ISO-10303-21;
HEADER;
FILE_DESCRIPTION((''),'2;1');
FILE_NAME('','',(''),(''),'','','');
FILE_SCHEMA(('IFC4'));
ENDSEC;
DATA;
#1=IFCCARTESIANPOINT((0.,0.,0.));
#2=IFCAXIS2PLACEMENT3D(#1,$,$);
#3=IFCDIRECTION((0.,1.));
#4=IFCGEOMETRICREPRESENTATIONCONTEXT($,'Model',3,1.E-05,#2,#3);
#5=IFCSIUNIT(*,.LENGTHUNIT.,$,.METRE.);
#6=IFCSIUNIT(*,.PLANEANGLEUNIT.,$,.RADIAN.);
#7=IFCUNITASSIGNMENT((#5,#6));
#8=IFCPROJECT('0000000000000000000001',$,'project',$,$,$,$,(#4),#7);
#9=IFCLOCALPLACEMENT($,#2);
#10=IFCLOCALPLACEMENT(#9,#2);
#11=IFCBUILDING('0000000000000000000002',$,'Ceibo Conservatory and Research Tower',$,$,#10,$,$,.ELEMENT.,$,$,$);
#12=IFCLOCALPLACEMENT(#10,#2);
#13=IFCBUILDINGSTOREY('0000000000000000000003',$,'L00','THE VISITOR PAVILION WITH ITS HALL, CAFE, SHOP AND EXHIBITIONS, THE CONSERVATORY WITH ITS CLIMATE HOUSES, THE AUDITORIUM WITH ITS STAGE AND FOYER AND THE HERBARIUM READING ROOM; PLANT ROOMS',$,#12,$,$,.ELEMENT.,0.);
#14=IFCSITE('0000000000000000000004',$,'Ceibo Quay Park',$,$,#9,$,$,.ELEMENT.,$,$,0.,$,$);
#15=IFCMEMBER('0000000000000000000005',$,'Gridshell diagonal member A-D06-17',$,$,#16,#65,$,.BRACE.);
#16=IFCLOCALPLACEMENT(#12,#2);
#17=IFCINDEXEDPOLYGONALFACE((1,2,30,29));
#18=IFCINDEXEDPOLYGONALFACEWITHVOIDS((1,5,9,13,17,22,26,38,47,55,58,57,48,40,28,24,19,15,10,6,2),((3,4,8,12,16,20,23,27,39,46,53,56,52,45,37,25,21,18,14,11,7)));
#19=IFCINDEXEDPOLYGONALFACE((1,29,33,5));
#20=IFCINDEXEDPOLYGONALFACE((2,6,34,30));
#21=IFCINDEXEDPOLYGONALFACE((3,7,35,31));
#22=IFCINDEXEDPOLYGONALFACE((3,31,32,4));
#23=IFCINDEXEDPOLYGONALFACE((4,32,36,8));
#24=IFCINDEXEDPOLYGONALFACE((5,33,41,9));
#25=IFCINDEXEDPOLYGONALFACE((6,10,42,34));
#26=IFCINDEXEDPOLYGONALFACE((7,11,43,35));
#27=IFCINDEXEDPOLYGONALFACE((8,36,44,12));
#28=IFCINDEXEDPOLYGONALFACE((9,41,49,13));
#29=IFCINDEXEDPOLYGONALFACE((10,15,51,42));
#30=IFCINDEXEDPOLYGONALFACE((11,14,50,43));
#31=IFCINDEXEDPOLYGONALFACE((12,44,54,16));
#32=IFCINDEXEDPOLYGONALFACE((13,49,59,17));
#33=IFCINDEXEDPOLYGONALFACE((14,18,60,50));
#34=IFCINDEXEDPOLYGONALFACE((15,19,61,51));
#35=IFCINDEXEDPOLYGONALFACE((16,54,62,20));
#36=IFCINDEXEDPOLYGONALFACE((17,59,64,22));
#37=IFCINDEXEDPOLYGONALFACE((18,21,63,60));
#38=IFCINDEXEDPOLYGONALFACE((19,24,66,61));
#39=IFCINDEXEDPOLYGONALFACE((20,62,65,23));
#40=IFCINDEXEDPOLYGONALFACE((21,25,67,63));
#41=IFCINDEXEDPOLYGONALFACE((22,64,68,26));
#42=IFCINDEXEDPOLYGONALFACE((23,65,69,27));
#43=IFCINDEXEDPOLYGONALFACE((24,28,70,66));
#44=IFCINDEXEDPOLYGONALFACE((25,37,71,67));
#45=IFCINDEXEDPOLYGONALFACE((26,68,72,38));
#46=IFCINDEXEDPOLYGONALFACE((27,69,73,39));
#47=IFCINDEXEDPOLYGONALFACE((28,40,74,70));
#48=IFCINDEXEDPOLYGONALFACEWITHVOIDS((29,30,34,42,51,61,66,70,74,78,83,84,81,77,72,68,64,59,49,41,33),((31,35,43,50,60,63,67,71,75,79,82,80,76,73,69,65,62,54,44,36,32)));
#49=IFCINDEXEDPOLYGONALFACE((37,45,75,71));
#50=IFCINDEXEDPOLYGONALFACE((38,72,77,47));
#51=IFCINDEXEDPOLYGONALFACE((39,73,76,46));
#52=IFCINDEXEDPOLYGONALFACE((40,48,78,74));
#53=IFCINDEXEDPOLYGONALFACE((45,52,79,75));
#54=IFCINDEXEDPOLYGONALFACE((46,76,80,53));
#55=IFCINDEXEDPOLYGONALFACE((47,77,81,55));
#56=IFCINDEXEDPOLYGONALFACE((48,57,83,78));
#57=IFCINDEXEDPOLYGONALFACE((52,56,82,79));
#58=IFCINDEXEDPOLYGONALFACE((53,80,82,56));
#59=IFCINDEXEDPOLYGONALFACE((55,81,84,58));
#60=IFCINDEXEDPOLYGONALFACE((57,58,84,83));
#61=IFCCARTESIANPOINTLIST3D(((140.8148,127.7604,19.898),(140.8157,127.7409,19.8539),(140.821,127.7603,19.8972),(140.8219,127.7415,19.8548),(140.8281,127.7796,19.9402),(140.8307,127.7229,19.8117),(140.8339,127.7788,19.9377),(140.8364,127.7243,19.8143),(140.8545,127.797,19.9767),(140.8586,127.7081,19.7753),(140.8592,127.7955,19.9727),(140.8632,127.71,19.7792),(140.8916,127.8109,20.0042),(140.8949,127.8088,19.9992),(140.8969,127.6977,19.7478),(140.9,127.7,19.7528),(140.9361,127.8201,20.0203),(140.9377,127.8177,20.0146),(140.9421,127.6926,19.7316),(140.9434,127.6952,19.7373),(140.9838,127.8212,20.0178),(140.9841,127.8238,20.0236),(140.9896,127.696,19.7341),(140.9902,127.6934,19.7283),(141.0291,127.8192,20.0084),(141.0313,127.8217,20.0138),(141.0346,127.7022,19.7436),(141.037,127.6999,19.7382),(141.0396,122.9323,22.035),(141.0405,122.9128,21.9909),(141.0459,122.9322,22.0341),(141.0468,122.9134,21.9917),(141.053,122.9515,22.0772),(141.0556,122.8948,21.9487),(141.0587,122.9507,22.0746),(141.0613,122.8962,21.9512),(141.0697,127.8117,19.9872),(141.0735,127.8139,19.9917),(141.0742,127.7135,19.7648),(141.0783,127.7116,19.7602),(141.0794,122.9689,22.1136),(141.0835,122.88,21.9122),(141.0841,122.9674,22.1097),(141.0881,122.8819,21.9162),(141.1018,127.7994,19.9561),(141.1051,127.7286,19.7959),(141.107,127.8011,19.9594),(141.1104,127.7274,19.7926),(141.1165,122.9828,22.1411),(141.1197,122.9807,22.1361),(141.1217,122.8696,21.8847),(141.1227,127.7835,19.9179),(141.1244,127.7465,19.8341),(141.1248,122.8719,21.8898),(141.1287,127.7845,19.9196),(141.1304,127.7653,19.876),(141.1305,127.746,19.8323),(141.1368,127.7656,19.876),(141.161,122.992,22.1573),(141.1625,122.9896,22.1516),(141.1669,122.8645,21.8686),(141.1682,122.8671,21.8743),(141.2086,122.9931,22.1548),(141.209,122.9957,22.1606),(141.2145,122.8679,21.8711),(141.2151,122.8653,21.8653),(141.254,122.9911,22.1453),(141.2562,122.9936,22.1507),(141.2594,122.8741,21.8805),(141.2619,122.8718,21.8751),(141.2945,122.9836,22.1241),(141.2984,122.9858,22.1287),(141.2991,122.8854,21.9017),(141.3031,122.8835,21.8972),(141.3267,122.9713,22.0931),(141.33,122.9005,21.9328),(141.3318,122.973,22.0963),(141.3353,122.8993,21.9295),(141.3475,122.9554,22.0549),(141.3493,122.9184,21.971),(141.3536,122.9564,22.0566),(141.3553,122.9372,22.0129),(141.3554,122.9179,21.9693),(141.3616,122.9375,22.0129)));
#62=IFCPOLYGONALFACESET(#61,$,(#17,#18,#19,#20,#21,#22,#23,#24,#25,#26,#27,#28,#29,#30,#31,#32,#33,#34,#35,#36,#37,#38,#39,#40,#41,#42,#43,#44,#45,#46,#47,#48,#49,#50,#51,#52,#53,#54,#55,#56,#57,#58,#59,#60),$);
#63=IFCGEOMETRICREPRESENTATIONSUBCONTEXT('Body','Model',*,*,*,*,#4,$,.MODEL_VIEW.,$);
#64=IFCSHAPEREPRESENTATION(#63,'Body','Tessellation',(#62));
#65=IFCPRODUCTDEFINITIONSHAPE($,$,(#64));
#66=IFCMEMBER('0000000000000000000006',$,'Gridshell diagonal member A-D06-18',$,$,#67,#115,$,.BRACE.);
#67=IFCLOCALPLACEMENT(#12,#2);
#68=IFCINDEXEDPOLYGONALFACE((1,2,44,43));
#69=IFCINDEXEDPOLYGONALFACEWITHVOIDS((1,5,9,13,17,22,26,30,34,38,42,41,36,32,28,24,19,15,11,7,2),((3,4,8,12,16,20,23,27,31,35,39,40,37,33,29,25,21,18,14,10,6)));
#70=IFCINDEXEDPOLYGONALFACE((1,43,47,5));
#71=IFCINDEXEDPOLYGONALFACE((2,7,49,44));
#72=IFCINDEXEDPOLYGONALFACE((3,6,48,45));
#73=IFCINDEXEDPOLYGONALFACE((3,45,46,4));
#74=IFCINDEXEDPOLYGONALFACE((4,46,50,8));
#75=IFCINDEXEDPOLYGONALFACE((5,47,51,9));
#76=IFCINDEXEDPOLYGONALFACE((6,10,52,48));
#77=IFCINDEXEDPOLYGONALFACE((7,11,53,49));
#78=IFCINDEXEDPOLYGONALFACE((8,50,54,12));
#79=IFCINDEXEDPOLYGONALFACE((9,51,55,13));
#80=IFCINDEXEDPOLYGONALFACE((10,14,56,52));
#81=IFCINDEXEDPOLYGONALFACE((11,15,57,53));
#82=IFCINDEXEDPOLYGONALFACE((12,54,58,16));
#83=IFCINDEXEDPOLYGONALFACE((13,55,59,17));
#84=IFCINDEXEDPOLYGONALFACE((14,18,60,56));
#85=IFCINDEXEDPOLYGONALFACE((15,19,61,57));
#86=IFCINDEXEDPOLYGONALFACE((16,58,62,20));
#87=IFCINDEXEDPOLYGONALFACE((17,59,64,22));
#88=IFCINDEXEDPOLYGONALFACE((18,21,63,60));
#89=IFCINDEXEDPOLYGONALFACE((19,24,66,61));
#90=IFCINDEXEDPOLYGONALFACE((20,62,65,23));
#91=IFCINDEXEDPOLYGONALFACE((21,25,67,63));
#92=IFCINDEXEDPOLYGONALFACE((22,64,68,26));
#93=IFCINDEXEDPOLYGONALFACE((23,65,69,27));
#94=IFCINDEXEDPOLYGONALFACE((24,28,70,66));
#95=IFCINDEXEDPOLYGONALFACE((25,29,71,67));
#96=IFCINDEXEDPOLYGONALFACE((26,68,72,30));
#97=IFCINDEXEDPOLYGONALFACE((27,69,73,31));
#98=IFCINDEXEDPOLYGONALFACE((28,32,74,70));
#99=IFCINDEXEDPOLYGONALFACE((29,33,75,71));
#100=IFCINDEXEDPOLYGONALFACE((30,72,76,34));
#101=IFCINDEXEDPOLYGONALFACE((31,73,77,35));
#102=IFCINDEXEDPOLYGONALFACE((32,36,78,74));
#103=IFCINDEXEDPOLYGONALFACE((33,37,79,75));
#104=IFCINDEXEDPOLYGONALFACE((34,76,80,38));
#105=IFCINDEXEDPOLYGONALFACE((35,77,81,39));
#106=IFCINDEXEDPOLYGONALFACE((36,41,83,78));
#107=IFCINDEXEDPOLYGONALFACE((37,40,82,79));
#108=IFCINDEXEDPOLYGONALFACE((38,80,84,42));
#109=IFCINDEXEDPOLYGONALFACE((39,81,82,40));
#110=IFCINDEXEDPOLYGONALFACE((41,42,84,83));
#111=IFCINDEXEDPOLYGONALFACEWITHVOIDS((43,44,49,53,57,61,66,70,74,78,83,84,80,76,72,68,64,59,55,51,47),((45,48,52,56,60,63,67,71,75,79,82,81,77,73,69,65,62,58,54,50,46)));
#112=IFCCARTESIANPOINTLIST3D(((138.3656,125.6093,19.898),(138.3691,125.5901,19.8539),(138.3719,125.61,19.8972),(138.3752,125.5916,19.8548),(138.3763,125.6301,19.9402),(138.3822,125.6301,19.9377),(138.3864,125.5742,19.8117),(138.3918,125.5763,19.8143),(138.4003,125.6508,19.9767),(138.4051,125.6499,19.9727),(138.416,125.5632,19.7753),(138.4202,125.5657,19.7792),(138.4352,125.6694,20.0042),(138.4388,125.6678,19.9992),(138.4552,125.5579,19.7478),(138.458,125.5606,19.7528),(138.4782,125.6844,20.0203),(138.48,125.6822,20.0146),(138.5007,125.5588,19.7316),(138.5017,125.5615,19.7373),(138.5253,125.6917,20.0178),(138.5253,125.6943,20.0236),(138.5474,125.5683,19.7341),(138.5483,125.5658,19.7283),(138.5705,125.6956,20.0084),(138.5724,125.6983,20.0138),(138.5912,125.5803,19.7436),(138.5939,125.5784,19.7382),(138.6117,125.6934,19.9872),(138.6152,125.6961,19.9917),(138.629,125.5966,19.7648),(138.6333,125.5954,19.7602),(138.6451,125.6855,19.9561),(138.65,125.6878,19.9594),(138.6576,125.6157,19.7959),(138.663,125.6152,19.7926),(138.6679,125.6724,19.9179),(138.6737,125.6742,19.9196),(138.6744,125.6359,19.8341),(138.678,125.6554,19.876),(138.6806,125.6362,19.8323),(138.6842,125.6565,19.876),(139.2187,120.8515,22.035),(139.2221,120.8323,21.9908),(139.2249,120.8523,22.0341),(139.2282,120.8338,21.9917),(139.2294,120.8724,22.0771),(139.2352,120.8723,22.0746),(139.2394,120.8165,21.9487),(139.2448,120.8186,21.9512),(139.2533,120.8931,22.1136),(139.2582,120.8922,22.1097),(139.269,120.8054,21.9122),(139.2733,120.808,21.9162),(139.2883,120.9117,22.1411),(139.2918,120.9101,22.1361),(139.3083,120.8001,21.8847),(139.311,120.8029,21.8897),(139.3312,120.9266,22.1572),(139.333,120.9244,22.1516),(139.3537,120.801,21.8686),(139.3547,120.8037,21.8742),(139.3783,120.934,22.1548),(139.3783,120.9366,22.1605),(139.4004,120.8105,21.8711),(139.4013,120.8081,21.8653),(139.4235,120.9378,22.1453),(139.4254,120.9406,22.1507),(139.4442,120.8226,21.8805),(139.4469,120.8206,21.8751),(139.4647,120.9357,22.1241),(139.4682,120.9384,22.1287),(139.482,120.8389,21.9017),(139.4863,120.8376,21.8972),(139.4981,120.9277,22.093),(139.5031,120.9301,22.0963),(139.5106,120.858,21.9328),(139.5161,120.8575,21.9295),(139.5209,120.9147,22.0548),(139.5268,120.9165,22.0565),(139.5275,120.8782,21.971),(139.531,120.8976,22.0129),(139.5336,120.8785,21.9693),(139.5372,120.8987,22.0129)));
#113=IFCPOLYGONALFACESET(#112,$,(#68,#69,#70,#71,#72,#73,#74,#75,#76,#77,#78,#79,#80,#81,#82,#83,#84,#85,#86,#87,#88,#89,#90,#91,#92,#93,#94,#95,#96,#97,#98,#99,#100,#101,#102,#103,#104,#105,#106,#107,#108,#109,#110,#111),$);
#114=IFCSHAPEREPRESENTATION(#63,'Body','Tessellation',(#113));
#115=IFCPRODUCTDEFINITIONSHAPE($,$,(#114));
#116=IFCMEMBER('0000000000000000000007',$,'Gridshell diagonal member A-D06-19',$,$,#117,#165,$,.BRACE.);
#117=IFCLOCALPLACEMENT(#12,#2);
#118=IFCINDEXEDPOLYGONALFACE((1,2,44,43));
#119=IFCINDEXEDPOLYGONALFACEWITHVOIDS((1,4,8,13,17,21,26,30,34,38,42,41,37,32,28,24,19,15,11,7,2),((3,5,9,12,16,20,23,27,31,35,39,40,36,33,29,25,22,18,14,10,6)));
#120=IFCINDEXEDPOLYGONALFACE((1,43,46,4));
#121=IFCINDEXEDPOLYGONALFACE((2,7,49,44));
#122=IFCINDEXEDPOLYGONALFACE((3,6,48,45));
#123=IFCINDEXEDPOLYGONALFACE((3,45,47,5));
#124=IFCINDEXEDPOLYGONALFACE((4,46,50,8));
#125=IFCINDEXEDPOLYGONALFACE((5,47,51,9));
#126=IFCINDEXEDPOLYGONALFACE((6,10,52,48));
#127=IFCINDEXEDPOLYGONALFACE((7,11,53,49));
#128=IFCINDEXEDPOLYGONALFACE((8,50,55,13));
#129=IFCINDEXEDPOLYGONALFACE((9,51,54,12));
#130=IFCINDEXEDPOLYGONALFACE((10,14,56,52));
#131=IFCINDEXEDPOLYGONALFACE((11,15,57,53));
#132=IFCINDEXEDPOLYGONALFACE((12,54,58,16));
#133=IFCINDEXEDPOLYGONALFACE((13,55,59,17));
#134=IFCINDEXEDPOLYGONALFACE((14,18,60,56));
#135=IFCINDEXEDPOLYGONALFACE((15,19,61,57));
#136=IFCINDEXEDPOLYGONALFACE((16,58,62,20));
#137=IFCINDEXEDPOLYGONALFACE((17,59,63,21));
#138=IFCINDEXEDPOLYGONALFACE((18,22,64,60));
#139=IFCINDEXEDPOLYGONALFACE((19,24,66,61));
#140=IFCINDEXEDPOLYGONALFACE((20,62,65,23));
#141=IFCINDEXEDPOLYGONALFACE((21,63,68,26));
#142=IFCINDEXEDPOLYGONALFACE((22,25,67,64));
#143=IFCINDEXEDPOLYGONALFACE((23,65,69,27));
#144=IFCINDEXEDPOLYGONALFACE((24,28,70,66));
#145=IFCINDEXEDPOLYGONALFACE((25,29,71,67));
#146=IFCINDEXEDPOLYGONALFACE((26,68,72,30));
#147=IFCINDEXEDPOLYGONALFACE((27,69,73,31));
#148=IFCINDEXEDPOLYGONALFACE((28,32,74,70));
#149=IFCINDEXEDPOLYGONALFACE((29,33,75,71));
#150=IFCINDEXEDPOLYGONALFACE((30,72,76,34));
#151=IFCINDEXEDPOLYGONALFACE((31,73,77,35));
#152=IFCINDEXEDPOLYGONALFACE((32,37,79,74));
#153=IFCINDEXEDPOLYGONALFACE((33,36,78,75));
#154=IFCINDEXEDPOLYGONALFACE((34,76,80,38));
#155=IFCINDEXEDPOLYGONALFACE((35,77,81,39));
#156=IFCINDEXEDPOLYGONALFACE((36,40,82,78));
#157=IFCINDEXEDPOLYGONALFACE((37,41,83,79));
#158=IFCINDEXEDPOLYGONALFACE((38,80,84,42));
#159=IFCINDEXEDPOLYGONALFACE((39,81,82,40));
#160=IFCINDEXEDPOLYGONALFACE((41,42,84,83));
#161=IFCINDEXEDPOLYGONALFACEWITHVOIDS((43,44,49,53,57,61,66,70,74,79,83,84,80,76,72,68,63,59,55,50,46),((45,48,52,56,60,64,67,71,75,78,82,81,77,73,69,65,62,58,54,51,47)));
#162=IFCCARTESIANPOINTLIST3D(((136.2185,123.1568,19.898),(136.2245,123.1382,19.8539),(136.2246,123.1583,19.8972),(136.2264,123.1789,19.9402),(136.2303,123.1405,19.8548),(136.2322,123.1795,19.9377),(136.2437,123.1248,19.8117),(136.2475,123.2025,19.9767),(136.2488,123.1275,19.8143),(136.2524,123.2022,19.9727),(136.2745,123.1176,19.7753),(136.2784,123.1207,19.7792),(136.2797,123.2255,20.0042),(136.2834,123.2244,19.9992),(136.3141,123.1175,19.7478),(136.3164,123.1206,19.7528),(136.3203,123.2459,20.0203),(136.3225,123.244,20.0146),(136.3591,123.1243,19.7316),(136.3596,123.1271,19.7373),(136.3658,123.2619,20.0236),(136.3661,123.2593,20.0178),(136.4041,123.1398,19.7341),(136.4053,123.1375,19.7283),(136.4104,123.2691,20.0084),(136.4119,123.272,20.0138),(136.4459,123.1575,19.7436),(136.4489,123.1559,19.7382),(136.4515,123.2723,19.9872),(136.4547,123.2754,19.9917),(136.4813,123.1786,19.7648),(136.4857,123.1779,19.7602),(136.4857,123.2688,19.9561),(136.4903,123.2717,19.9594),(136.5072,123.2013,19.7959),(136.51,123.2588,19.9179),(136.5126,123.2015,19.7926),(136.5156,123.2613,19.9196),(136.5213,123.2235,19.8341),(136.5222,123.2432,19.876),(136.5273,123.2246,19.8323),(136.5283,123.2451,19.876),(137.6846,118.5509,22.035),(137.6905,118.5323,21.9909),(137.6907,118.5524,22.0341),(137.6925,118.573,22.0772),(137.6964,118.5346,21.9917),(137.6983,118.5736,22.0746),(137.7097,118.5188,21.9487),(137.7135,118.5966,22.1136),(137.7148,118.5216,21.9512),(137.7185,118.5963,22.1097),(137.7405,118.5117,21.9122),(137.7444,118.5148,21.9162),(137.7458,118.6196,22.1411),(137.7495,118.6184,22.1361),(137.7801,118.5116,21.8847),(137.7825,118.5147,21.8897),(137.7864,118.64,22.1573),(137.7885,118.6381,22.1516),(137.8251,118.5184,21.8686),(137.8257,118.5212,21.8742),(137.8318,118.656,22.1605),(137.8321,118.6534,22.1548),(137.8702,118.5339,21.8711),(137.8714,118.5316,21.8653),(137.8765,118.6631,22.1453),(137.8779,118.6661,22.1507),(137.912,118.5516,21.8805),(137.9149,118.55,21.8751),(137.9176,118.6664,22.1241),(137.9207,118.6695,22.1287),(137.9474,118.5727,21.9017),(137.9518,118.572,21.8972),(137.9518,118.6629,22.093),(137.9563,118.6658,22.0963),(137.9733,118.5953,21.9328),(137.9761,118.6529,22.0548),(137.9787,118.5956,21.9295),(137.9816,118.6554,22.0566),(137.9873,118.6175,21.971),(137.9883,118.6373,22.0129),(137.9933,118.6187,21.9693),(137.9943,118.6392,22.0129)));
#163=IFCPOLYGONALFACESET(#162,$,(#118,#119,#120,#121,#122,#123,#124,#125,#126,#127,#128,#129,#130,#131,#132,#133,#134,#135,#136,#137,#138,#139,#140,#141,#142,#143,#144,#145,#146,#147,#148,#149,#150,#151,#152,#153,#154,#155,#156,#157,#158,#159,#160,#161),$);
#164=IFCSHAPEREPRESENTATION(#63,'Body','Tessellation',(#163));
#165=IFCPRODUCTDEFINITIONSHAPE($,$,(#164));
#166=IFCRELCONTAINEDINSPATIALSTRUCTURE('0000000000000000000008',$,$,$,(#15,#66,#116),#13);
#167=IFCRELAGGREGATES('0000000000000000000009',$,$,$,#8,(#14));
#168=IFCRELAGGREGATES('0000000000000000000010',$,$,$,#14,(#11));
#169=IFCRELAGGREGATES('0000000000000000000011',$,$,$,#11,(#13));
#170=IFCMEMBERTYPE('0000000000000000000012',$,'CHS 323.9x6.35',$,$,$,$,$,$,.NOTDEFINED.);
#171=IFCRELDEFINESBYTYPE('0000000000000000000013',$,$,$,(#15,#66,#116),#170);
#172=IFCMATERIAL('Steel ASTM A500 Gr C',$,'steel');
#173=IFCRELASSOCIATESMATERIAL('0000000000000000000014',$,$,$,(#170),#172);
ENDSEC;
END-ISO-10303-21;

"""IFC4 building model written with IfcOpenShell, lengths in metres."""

from ifc_helpers import new_model, si_unit, direction, frame, origin, origin_2d, place, context, subcontext, project, spatial, hollow_circle, extrude, material, material_profile, profile_set, type_object, element, save


model = new_model("IFC4")

# Units and contexts
model_context = context("Model", 3, precision=1e-05, world=origin(), true_north=direction((0.0, 1.0)))
body_context = subcontext(model_context, "Body", "Model", "MODEL_VIEW")
ifc_project = project(units=[si_unit("LENGTHUNIT", "METRE"), si_unit("PLANEANGLEUNIT", "RADIAN")], contexts=[model_context])

# Site, building, storey
site_placement = place(None, origin())
site = spatial("IfcSite", under=ifc_project, at=site_placement, Name="Ceibo Quay Park", CompositionType="ELEMENT", RefElevation=0.0)
building_placement = place(site_placement, origin())
building = spatial("IfcBuilding", under=site, at=building_placement, Name="Ceibo Conservatory and Research Tower", CompositionType="ELEMENT")
storey_placement = place(building_placement, origin())
storey = spatial("IfcBuildingStorey", under=building, at=storey_placement, Name="L00", Description="THE VISITOR PAVILION WITH ITS HALL, CAFE, SHOP AND EXHIBITIONS, THE CONSERVATORY WITH ITS CLIMATE HOUSES, THE AUDITORIUM WITH ITS STAGE AND FOYER AND THE HERBARIUM READING ROOM; PLANT ROOMS", CompositionType="ELEMENT", Elevation=0.0)

# Members
ifc_material_1 = material(Name="Steel ASTM A500 Gr C", Category="steel")
ifc_material_profile_1 = material_profile(ifc_material_1, hollow_circle(Radius=0.1619, WallThickness=0.0063, at=origin_2d()), Name="CHS 323.9x6.35")
ifc_profile_set_1 = profile_set([ifc_material_profile_1], Name="Steel ASTM A500 Gr C")
member_type_1 = type_object("IfcMemberType", Name="CHS 323.9x6.35", PredefinedType="NOTDEFINED", material=ifc_profile_set_1)
for number, where, z_axis, x_axis, name in (
    (1, (140.9751, 127.7581, 19.876), (0.042548, -0.913606, 0.404369), (0.998917, 0.046521, 0.0), "Gridshell diagonal member A-D06-17"),
):
    element("IfcMember", number, at=place(storey_placement, frame(where, z_axis=z_axis, x_axis=x_axis)), inside=storey, type_object=member_type_1, Name=name, PredefinedType="BRACE", context=body_context, shape_type="SweptSolid", body=[
        extrude(hollow_circle(Radius=0.1619, WallThickness=0.0063, at=origin_2d()), origin(), (0.0, 0.0, 1.0), 5.2847),
    ])
for number, where, z_axis, x_axis, name in (
    (2, (138.5249, 125.6279, 19.876), (0.161406, -0.900251, 0.404346), (0.984305, 0.176476, 0.0), "Gridshell diagonal member A-D06-18"),
    (3, (136.374, 123.196, 19.876), (0.277403, -0.871522, 0.404348), (0.952894, 0.303304, 0.0), "Gridshell diagonal member A-D06-19"),
):
    element("IfcMember", number, at=place(storey_placement, frame(where, z_axis=z_axis, x_axis=x_axis)), inside=storey, type_object=member_type_1, Name=name, PredefinedType="BRACE", context=body_context, shape_type="SweptSolid", body=[
        extrude(hollow_circle(Radius=0.1619, WallThickness=0.0063, at=origin_2d()), origin(), (0.0, 0.0, 1.0), 5.2849),
    ])

save(model, "model.ifc")
